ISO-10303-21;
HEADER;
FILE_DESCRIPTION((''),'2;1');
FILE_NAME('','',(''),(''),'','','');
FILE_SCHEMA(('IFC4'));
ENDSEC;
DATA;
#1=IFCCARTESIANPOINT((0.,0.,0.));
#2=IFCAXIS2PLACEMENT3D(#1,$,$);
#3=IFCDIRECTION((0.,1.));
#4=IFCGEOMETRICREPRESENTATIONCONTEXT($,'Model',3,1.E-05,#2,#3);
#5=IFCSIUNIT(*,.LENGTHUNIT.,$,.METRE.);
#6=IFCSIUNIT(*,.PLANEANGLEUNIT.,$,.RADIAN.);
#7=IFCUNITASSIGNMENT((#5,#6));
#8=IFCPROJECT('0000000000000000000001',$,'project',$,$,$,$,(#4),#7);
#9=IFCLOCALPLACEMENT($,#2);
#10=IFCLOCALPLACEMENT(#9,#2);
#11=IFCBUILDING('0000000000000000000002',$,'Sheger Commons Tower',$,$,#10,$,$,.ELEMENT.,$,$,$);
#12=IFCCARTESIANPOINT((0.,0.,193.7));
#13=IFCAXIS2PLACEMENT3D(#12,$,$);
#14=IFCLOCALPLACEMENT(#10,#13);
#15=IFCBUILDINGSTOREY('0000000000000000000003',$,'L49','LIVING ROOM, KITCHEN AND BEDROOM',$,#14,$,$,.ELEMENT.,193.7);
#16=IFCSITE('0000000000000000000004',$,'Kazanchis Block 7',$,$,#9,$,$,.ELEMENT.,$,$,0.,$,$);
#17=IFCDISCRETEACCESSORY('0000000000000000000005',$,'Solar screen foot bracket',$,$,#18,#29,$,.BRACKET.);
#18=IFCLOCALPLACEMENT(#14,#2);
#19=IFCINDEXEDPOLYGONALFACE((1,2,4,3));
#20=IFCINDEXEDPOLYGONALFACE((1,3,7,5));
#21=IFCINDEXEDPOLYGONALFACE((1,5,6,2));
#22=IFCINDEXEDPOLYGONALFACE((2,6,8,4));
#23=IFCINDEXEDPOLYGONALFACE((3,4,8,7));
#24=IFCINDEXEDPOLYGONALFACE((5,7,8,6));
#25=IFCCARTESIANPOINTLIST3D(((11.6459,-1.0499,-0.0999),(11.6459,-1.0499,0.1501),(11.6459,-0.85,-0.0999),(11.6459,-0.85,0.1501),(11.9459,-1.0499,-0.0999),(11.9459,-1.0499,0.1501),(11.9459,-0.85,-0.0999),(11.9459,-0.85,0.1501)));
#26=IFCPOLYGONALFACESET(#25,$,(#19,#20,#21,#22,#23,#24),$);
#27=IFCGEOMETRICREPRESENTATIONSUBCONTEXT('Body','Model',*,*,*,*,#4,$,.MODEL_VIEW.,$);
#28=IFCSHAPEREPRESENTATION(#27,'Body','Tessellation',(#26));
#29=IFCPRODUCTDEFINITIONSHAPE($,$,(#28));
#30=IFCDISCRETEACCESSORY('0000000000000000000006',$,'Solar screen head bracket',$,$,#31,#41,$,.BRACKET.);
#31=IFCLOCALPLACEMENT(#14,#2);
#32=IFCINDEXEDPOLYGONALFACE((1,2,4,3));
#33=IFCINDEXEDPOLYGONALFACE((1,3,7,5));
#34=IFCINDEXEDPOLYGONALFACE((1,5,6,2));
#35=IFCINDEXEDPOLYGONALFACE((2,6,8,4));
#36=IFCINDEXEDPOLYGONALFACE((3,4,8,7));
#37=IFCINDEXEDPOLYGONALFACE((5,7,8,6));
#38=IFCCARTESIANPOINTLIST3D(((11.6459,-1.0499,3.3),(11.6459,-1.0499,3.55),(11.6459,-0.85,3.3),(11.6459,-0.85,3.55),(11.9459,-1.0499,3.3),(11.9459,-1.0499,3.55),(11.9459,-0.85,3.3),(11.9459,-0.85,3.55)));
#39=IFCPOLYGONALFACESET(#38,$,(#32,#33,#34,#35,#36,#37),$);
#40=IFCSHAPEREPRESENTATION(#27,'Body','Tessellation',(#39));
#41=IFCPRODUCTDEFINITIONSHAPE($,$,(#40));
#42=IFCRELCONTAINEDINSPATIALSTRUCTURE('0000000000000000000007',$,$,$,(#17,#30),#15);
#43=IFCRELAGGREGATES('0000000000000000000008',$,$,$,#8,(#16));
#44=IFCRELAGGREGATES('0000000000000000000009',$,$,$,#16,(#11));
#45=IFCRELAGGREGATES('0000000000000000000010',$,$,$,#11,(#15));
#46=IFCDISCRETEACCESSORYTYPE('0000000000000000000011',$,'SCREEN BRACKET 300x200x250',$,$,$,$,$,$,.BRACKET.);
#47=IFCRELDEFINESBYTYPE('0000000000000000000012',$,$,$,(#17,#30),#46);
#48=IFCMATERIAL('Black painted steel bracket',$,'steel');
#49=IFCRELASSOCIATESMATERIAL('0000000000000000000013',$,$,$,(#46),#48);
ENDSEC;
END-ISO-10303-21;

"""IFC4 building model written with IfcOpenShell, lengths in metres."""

from ifc_helpers import new_model, si_unit, direction, frame, origin, origin_2d, place, context, subcontext, project, spatial, rectangle, extrude, material, type_object, element, save


model = new_model("IFC4")

# Units and contexts
model_context = context("Model", 3, precision=1e-05, world=origin(), true_north=direction((0.0, 1.0)))
body_context = subcontext(model_context, "Body", "Model", "MODEL_VIEW")
ifc_project = project(units=[si_unit("LENGTHUNIT", "METRE"), si_unit("PLANEANGLEUNIT", "RADIAN")], contexts=[model_context])

# Site, building, storey
site_placement = place(None, origin())
site = spatial("IfcSite", under=ifc_project, at=site_placement, Name="Kazanchis Block 7", CompositionType="ELEMENT", RefElevation=0.0)
building_placement = place(site_placement, origin())
building = spatial("IfcBuilding", under=site, at=building_placement, Name="Sheger Commons Tower", CompositionType="ELEMENT")
storey_placement = place(building_placement, frame((0.0, 0.0, 193.7)))
storey = spatial("IfcBuildingStorey", under=building, at=storey_placement, Name="L49", Description="LIVING ROOM, KITCHEN AND BEDROOM", CompositionType="ELEMENT", Elevation=193.7)

# Discrete accessories
ifc_material_1 = material(Name="Black painted steel bracket", Category="steel")
discrete_accessory_type = type_object("IfcDiscreteAccessoryType", Name="SCREEN BRACKET 300x200x250", PredefinedType="BRACKET", material=ifc_material_1)
for number, where, z_axis, x_axis, name in (
    (1, (11.7959, -0.95, -0.0999), (0.0, 0.0, 1.0), (1.0, 0.0, 0.0), "Solar screen foot bracket"),
    (2, (11.7959, -0.95, 3.3), (0.0, 0.0, 1.0), (1.0, 0.0, 0.0), "Solar screen head bracket"),
):
    element("IfcDiscreteAccessory", number, at=place(storey_placement, frame(where, z_axis=z_axis, x_axis=x_axis)), inside=storey, type_object=discrete_accessory_type, Name=name, PredefinedType="BRACKET", context=body_context, shape_type="SweptSolid", body=[
        extrude(rectangle(XDim=0.3, YDim=0.2, at=origin_2d()), origin(), (0.0, 0.0, 1.0), 0.25),
    ])

save(model, "model.ifc")
